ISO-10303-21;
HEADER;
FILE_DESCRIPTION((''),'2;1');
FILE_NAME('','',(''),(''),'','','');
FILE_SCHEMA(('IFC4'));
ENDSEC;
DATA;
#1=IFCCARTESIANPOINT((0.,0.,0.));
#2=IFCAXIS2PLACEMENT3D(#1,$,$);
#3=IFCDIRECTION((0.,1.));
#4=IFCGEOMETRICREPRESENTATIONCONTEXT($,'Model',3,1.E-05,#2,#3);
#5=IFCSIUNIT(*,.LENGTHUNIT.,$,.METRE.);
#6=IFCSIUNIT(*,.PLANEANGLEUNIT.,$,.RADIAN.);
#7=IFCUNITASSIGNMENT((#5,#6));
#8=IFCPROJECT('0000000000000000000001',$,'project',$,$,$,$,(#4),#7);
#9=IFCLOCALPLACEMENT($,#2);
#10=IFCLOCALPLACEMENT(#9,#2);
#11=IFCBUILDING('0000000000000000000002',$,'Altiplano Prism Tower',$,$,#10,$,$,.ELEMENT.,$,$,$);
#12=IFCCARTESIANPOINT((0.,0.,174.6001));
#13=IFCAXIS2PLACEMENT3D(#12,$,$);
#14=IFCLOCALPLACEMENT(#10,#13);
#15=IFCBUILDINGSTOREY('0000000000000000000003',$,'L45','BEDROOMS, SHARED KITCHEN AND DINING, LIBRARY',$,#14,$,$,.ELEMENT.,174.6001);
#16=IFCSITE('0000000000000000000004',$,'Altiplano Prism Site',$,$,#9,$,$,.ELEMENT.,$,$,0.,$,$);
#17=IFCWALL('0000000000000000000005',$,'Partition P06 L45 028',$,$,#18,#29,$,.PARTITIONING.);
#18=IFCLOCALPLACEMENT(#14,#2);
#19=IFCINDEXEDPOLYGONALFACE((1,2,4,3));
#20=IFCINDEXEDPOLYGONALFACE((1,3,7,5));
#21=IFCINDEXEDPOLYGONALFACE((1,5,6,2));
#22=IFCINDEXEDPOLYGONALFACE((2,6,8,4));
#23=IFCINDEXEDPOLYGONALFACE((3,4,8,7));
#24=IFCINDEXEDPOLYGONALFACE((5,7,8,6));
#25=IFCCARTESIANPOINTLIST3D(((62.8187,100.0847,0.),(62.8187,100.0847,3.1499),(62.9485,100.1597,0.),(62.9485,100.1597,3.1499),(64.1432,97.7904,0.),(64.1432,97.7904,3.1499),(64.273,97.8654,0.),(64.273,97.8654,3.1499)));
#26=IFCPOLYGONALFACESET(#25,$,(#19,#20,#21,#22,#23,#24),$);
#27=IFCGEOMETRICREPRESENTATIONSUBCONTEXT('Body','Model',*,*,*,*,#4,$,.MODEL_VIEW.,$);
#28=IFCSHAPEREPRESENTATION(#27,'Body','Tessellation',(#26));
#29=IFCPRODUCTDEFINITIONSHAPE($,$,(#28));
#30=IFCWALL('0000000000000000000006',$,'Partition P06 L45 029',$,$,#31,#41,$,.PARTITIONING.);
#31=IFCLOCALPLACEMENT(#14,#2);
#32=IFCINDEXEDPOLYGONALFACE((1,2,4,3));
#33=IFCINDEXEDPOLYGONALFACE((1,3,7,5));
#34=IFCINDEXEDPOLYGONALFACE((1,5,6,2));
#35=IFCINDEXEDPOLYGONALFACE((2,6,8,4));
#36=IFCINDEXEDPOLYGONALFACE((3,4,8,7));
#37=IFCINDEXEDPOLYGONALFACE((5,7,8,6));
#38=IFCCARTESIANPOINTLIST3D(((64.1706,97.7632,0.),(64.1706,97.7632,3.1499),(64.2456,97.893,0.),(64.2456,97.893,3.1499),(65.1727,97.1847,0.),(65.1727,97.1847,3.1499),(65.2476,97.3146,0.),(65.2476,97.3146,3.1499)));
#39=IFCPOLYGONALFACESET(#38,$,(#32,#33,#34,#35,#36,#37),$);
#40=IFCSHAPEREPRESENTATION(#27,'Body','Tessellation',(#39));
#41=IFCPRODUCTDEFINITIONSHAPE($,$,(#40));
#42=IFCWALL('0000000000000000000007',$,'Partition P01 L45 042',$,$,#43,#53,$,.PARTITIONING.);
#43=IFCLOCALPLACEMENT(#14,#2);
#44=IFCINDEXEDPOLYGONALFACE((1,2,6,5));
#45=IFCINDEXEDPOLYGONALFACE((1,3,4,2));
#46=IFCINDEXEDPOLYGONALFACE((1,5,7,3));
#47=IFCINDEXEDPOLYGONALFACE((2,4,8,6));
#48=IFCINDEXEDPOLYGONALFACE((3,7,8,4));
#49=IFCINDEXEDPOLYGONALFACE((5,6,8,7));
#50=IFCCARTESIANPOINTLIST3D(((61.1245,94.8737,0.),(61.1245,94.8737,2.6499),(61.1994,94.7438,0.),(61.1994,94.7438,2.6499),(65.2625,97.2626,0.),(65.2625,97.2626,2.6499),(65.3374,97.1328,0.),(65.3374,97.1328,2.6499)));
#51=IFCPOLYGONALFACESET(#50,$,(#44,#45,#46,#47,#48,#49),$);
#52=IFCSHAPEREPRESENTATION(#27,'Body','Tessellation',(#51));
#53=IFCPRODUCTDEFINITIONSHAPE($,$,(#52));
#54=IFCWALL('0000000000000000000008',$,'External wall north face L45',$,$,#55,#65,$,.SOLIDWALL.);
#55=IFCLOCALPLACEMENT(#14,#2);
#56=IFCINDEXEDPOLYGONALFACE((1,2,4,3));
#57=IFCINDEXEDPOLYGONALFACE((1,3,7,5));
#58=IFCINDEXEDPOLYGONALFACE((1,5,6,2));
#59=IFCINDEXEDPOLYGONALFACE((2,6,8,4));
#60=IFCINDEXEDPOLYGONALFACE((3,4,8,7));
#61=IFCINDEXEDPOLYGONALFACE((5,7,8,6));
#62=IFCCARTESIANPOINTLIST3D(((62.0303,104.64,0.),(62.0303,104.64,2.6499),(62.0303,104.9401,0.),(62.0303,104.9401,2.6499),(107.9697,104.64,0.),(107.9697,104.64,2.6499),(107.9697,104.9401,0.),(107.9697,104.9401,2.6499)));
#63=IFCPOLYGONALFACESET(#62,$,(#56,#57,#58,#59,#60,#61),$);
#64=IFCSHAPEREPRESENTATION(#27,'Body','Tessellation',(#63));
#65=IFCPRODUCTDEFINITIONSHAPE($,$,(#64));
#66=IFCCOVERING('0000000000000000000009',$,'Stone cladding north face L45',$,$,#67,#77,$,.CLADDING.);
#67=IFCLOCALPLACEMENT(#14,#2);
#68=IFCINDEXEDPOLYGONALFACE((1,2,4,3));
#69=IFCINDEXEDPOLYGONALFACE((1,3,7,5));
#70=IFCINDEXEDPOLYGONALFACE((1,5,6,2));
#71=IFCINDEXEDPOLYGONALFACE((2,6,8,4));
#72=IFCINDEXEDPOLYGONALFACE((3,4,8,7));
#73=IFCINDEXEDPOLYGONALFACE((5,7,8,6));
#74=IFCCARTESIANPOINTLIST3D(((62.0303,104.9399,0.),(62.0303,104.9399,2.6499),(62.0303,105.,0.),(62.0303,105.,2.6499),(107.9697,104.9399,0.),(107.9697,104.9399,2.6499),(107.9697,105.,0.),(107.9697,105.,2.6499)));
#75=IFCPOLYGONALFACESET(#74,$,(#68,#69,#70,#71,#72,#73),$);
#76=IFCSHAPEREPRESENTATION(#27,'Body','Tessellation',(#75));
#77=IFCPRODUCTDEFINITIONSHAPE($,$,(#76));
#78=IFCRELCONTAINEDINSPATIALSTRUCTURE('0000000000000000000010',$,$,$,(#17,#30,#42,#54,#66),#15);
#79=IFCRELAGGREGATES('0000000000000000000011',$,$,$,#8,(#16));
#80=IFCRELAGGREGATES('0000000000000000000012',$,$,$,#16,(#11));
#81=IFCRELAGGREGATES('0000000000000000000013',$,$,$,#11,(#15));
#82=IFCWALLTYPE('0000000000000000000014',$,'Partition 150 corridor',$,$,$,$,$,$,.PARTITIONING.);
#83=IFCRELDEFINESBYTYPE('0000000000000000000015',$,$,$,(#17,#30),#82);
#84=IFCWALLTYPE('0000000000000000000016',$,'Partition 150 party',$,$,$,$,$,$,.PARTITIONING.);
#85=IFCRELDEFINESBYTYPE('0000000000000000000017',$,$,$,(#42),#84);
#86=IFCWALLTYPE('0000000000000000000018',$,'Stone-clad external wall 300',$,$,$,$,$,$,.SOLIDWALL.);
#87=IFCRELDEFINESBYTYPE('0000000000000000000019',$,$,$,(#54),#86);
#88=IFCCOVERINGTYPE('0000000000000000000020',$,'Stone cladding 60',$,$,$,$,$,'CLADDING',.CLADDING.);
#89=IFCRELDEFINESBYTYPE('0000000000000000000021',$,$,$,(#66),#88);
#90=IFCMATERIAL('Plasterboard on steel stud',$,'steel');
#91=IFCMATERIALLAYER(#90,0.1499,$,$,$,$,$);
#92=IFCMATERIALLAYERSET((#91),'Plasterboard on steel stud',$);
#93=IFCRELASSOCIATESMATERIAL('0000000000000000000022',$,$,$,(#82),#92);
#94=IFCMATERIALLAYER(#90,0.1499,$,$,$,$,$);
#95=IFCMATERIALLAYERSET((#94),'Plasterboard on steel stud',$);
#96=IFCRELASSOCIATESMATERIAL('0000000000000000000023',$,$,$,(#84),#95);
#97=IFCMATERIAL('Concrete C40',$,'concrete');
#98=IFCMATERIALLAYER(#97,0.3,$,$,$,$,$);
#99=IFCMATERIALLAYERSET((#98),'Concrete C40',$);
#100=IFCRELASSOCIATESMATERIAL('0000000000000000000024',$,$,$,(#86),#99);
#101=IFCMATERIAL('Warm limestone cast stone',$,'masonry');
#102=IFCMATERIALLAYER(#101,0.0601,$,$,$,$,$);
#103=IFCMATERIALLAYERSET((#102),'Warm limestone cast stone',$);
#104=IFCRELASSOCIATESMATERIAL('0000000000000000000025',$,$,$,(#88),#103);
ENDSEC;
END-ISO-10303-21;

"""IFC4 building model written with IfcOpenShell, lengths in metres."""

from ifc_helpers import new_model, si_unit, direction, frame, frame_2d, origin, place, context, subcontext, project, spatial, rectangle, extrude, material, layer, layer_set, type_object, element, save


model = new_model("IFC4")

# Units and contexts
model_context = context("Model", 3, precision=1e-05, world=origin(), true_north=direction((0.0, 1.0)))
body_context = subcontext(model_context, "Body", "Model", "MODEL_VIEW")
ifc_project = project(units=[si_unit("LENGTHUNIT", "METRE"), si_unit("PLANEANGLEUNIT", "RADIAN")], contexts=[model_context])

# Site, building, storey
site_placement = place(None, origin())
site = spatial("IfcSite", under=ifc_project, at=site_placement, Name="Altiplano Prism Site", CompositionType="ELEMENT", RefElevation=0.0)
building_placement = place(site_placement, origin())
building = spatial("IfcBuilding", under=site, at=building_placement, Name="Altiplano Prism Tower", CompositionType="ELEMENT")
storey_placement = place(building_placement, frame((0.0, 0.0, 174.6001)))
storey = spatial("IfcBuildingStorey", under=building, at=storey_placement, Name="L45", Description="BEDROOMS, SHARED KITCHEN AND DINING, LIBRARY", CompositionType="ELEMENT", Elevation=174.6001)

# Walls
ifc_material_1 = material(Name="Plasterboard on steel stud", Category="steel")
ifc_layer_1 = layer(ifc_material_1, 0.1499)
ifc_layer_set_1 = layer_set([ifc_layer_1], Name="Plasterboard on steel stud")
wall_type_1 = type_object("IfcWallType", Name="Partition 150 corridor", PredefinedType="PARTITIONING", material=ifc_layer_set_1)
wall_1_placement = place(storey_placement, frame((62.8835, 100.1223, 0.0), z_axis=(0.0, 0.0, 1.0), x_axis=(0.499975, -0.86604, 0.0)))
element("IfcWall", 1, at=wall_1_placement, inside=storey, type_object=wall_type_1, Name="Partition P06 L45 028", PredefinedType="PARTITIONING", context=body_context, shape_type="SweptSolid", body=[
    extrude(rectangle(XDim=2.6492, YDim=0.1499, at=frame_2d((1.3247, 0.0))), origin(), (0.0, 0.0, 1.0), 3.1499),
])
wall_2_placement = place(storey_placement, frame((64.208, 97.8281, 0.0), z_axis=(0.0, 0.0, 1.0), x_axis=(0.866066, -0.499929, 0.0)))
element("IfcWall", 2, at=wall_2_placement, inside=storey, type_object=wall_type_1, Name="Partition P06 L45 029", PredefinedType="PARTITIONING", context=body_context, shape_type="SweptSolid", body=[
    extrude(rectangle(XDim=1.157, YDim=0.1499, at=frame_2d((0.5786, 0.0))), origin(), (0.0, 0.0, 1.0), 3.1499),
])
ifc_layer_2 = layer(ifc_material_1, 0.1499)
ifc_layer_set_2 = layer_set([ifc_layer_2], Name="Plasterboard on steel stud")
wall_type_2 = type_object("IfcWallType", Name="Partition 150 party", PredefinedType="PARTITIONING", material=ifc_layer_set_2)
wall_3_placement = place(storey_placement, frame((65.3, 97.1978, 0.0), z_axis=(0.0, 0.0, 1.0), x_axis=(-0.866037, -0.49998, 0.0)))
element("IfcWall", 3, at=wall_3_placement, inside=storey, type_object=wall_type_2, Name="Partition P01 L45 042", PredefinedType="PARTITIONING", context=body_context, shape_type="SweptSolid", body=[
    extrude(rectangle(XDim=4.7781, YDim=0.1499, at=frame_2d((2.3892, 0.0))), origin(), (0.0, 0.0, 1.0), 2.6499),
])
ifc_material_2 = material(Name="Concrete C40", Category="concrete")
ifc_layer_3 = layer(ifc_material_2, 0.3)
ifc_layer_set_3 = layer_set([ifc_layer_3], Name="Concrete C40")
wall_type_3 = type_object("IfcWallType", Name="Stone-clad external wall 300", PredefinedType="SOLIDWALL", material=ifc_layer_set_3)
wall_4_placement = place(storey_placement, frame((62.0303, 104.79, 0.0), z_axis=(0.0, 0.0, 1.0), x_axis=(1.0, 0.0, 0.0)))
element("IfcWall", 4, at=wall_4_placement, inside=storey, type_object=wall_type_3, Name="External wall north face L45", PredefinedType="SOLIDWALL", context=body_context, shape_type="SweptSolid", body=[
    extrude(rectangle(XDim=45.9395, YDim=0.3, at=frame_2d((22.9697, 0.0))), origin(), (0.0, 0.0, 1.0), 2.6499),
])

# Covering
ifc_material_3 = material(Name="Warm limestone cast stone", Category="masonry")
ifc_layer_4 = layer(ifc_material_3, 0.0601)
ifc_layer_set_4 = layer_set([ifc_layer_4], Name="Warm limestone cast stone")
covering_type = type_object("IfcCoveringType", Name="Stone cladding 60", ElementType="CLADDING", PredefinedType="CLADDING", material=ifc_layer_set_4)
covering_placement = place(storey_placement, frame((62.0303, 104.97, 0.0), z_axis=(0.0, 0.0, 1.0), x_axis=(1.0, 0.0, 0.0)))
element("IfcCovering", 5, at=covering_placement, inside=storey, type_object=covering_type, Name="Stone cladding north face L45", PredefinedType="CLADDING", context=body_context, shape_type="SweptSolid", body=[
    extrude(rectangle(XDim=45.9395, YDim=0.0601, at=frame_2d((22.9697, 0.0))), origin(), (0.0, 0.0, 1.0), 2.6499),
])

save(model, "model.ifc")
